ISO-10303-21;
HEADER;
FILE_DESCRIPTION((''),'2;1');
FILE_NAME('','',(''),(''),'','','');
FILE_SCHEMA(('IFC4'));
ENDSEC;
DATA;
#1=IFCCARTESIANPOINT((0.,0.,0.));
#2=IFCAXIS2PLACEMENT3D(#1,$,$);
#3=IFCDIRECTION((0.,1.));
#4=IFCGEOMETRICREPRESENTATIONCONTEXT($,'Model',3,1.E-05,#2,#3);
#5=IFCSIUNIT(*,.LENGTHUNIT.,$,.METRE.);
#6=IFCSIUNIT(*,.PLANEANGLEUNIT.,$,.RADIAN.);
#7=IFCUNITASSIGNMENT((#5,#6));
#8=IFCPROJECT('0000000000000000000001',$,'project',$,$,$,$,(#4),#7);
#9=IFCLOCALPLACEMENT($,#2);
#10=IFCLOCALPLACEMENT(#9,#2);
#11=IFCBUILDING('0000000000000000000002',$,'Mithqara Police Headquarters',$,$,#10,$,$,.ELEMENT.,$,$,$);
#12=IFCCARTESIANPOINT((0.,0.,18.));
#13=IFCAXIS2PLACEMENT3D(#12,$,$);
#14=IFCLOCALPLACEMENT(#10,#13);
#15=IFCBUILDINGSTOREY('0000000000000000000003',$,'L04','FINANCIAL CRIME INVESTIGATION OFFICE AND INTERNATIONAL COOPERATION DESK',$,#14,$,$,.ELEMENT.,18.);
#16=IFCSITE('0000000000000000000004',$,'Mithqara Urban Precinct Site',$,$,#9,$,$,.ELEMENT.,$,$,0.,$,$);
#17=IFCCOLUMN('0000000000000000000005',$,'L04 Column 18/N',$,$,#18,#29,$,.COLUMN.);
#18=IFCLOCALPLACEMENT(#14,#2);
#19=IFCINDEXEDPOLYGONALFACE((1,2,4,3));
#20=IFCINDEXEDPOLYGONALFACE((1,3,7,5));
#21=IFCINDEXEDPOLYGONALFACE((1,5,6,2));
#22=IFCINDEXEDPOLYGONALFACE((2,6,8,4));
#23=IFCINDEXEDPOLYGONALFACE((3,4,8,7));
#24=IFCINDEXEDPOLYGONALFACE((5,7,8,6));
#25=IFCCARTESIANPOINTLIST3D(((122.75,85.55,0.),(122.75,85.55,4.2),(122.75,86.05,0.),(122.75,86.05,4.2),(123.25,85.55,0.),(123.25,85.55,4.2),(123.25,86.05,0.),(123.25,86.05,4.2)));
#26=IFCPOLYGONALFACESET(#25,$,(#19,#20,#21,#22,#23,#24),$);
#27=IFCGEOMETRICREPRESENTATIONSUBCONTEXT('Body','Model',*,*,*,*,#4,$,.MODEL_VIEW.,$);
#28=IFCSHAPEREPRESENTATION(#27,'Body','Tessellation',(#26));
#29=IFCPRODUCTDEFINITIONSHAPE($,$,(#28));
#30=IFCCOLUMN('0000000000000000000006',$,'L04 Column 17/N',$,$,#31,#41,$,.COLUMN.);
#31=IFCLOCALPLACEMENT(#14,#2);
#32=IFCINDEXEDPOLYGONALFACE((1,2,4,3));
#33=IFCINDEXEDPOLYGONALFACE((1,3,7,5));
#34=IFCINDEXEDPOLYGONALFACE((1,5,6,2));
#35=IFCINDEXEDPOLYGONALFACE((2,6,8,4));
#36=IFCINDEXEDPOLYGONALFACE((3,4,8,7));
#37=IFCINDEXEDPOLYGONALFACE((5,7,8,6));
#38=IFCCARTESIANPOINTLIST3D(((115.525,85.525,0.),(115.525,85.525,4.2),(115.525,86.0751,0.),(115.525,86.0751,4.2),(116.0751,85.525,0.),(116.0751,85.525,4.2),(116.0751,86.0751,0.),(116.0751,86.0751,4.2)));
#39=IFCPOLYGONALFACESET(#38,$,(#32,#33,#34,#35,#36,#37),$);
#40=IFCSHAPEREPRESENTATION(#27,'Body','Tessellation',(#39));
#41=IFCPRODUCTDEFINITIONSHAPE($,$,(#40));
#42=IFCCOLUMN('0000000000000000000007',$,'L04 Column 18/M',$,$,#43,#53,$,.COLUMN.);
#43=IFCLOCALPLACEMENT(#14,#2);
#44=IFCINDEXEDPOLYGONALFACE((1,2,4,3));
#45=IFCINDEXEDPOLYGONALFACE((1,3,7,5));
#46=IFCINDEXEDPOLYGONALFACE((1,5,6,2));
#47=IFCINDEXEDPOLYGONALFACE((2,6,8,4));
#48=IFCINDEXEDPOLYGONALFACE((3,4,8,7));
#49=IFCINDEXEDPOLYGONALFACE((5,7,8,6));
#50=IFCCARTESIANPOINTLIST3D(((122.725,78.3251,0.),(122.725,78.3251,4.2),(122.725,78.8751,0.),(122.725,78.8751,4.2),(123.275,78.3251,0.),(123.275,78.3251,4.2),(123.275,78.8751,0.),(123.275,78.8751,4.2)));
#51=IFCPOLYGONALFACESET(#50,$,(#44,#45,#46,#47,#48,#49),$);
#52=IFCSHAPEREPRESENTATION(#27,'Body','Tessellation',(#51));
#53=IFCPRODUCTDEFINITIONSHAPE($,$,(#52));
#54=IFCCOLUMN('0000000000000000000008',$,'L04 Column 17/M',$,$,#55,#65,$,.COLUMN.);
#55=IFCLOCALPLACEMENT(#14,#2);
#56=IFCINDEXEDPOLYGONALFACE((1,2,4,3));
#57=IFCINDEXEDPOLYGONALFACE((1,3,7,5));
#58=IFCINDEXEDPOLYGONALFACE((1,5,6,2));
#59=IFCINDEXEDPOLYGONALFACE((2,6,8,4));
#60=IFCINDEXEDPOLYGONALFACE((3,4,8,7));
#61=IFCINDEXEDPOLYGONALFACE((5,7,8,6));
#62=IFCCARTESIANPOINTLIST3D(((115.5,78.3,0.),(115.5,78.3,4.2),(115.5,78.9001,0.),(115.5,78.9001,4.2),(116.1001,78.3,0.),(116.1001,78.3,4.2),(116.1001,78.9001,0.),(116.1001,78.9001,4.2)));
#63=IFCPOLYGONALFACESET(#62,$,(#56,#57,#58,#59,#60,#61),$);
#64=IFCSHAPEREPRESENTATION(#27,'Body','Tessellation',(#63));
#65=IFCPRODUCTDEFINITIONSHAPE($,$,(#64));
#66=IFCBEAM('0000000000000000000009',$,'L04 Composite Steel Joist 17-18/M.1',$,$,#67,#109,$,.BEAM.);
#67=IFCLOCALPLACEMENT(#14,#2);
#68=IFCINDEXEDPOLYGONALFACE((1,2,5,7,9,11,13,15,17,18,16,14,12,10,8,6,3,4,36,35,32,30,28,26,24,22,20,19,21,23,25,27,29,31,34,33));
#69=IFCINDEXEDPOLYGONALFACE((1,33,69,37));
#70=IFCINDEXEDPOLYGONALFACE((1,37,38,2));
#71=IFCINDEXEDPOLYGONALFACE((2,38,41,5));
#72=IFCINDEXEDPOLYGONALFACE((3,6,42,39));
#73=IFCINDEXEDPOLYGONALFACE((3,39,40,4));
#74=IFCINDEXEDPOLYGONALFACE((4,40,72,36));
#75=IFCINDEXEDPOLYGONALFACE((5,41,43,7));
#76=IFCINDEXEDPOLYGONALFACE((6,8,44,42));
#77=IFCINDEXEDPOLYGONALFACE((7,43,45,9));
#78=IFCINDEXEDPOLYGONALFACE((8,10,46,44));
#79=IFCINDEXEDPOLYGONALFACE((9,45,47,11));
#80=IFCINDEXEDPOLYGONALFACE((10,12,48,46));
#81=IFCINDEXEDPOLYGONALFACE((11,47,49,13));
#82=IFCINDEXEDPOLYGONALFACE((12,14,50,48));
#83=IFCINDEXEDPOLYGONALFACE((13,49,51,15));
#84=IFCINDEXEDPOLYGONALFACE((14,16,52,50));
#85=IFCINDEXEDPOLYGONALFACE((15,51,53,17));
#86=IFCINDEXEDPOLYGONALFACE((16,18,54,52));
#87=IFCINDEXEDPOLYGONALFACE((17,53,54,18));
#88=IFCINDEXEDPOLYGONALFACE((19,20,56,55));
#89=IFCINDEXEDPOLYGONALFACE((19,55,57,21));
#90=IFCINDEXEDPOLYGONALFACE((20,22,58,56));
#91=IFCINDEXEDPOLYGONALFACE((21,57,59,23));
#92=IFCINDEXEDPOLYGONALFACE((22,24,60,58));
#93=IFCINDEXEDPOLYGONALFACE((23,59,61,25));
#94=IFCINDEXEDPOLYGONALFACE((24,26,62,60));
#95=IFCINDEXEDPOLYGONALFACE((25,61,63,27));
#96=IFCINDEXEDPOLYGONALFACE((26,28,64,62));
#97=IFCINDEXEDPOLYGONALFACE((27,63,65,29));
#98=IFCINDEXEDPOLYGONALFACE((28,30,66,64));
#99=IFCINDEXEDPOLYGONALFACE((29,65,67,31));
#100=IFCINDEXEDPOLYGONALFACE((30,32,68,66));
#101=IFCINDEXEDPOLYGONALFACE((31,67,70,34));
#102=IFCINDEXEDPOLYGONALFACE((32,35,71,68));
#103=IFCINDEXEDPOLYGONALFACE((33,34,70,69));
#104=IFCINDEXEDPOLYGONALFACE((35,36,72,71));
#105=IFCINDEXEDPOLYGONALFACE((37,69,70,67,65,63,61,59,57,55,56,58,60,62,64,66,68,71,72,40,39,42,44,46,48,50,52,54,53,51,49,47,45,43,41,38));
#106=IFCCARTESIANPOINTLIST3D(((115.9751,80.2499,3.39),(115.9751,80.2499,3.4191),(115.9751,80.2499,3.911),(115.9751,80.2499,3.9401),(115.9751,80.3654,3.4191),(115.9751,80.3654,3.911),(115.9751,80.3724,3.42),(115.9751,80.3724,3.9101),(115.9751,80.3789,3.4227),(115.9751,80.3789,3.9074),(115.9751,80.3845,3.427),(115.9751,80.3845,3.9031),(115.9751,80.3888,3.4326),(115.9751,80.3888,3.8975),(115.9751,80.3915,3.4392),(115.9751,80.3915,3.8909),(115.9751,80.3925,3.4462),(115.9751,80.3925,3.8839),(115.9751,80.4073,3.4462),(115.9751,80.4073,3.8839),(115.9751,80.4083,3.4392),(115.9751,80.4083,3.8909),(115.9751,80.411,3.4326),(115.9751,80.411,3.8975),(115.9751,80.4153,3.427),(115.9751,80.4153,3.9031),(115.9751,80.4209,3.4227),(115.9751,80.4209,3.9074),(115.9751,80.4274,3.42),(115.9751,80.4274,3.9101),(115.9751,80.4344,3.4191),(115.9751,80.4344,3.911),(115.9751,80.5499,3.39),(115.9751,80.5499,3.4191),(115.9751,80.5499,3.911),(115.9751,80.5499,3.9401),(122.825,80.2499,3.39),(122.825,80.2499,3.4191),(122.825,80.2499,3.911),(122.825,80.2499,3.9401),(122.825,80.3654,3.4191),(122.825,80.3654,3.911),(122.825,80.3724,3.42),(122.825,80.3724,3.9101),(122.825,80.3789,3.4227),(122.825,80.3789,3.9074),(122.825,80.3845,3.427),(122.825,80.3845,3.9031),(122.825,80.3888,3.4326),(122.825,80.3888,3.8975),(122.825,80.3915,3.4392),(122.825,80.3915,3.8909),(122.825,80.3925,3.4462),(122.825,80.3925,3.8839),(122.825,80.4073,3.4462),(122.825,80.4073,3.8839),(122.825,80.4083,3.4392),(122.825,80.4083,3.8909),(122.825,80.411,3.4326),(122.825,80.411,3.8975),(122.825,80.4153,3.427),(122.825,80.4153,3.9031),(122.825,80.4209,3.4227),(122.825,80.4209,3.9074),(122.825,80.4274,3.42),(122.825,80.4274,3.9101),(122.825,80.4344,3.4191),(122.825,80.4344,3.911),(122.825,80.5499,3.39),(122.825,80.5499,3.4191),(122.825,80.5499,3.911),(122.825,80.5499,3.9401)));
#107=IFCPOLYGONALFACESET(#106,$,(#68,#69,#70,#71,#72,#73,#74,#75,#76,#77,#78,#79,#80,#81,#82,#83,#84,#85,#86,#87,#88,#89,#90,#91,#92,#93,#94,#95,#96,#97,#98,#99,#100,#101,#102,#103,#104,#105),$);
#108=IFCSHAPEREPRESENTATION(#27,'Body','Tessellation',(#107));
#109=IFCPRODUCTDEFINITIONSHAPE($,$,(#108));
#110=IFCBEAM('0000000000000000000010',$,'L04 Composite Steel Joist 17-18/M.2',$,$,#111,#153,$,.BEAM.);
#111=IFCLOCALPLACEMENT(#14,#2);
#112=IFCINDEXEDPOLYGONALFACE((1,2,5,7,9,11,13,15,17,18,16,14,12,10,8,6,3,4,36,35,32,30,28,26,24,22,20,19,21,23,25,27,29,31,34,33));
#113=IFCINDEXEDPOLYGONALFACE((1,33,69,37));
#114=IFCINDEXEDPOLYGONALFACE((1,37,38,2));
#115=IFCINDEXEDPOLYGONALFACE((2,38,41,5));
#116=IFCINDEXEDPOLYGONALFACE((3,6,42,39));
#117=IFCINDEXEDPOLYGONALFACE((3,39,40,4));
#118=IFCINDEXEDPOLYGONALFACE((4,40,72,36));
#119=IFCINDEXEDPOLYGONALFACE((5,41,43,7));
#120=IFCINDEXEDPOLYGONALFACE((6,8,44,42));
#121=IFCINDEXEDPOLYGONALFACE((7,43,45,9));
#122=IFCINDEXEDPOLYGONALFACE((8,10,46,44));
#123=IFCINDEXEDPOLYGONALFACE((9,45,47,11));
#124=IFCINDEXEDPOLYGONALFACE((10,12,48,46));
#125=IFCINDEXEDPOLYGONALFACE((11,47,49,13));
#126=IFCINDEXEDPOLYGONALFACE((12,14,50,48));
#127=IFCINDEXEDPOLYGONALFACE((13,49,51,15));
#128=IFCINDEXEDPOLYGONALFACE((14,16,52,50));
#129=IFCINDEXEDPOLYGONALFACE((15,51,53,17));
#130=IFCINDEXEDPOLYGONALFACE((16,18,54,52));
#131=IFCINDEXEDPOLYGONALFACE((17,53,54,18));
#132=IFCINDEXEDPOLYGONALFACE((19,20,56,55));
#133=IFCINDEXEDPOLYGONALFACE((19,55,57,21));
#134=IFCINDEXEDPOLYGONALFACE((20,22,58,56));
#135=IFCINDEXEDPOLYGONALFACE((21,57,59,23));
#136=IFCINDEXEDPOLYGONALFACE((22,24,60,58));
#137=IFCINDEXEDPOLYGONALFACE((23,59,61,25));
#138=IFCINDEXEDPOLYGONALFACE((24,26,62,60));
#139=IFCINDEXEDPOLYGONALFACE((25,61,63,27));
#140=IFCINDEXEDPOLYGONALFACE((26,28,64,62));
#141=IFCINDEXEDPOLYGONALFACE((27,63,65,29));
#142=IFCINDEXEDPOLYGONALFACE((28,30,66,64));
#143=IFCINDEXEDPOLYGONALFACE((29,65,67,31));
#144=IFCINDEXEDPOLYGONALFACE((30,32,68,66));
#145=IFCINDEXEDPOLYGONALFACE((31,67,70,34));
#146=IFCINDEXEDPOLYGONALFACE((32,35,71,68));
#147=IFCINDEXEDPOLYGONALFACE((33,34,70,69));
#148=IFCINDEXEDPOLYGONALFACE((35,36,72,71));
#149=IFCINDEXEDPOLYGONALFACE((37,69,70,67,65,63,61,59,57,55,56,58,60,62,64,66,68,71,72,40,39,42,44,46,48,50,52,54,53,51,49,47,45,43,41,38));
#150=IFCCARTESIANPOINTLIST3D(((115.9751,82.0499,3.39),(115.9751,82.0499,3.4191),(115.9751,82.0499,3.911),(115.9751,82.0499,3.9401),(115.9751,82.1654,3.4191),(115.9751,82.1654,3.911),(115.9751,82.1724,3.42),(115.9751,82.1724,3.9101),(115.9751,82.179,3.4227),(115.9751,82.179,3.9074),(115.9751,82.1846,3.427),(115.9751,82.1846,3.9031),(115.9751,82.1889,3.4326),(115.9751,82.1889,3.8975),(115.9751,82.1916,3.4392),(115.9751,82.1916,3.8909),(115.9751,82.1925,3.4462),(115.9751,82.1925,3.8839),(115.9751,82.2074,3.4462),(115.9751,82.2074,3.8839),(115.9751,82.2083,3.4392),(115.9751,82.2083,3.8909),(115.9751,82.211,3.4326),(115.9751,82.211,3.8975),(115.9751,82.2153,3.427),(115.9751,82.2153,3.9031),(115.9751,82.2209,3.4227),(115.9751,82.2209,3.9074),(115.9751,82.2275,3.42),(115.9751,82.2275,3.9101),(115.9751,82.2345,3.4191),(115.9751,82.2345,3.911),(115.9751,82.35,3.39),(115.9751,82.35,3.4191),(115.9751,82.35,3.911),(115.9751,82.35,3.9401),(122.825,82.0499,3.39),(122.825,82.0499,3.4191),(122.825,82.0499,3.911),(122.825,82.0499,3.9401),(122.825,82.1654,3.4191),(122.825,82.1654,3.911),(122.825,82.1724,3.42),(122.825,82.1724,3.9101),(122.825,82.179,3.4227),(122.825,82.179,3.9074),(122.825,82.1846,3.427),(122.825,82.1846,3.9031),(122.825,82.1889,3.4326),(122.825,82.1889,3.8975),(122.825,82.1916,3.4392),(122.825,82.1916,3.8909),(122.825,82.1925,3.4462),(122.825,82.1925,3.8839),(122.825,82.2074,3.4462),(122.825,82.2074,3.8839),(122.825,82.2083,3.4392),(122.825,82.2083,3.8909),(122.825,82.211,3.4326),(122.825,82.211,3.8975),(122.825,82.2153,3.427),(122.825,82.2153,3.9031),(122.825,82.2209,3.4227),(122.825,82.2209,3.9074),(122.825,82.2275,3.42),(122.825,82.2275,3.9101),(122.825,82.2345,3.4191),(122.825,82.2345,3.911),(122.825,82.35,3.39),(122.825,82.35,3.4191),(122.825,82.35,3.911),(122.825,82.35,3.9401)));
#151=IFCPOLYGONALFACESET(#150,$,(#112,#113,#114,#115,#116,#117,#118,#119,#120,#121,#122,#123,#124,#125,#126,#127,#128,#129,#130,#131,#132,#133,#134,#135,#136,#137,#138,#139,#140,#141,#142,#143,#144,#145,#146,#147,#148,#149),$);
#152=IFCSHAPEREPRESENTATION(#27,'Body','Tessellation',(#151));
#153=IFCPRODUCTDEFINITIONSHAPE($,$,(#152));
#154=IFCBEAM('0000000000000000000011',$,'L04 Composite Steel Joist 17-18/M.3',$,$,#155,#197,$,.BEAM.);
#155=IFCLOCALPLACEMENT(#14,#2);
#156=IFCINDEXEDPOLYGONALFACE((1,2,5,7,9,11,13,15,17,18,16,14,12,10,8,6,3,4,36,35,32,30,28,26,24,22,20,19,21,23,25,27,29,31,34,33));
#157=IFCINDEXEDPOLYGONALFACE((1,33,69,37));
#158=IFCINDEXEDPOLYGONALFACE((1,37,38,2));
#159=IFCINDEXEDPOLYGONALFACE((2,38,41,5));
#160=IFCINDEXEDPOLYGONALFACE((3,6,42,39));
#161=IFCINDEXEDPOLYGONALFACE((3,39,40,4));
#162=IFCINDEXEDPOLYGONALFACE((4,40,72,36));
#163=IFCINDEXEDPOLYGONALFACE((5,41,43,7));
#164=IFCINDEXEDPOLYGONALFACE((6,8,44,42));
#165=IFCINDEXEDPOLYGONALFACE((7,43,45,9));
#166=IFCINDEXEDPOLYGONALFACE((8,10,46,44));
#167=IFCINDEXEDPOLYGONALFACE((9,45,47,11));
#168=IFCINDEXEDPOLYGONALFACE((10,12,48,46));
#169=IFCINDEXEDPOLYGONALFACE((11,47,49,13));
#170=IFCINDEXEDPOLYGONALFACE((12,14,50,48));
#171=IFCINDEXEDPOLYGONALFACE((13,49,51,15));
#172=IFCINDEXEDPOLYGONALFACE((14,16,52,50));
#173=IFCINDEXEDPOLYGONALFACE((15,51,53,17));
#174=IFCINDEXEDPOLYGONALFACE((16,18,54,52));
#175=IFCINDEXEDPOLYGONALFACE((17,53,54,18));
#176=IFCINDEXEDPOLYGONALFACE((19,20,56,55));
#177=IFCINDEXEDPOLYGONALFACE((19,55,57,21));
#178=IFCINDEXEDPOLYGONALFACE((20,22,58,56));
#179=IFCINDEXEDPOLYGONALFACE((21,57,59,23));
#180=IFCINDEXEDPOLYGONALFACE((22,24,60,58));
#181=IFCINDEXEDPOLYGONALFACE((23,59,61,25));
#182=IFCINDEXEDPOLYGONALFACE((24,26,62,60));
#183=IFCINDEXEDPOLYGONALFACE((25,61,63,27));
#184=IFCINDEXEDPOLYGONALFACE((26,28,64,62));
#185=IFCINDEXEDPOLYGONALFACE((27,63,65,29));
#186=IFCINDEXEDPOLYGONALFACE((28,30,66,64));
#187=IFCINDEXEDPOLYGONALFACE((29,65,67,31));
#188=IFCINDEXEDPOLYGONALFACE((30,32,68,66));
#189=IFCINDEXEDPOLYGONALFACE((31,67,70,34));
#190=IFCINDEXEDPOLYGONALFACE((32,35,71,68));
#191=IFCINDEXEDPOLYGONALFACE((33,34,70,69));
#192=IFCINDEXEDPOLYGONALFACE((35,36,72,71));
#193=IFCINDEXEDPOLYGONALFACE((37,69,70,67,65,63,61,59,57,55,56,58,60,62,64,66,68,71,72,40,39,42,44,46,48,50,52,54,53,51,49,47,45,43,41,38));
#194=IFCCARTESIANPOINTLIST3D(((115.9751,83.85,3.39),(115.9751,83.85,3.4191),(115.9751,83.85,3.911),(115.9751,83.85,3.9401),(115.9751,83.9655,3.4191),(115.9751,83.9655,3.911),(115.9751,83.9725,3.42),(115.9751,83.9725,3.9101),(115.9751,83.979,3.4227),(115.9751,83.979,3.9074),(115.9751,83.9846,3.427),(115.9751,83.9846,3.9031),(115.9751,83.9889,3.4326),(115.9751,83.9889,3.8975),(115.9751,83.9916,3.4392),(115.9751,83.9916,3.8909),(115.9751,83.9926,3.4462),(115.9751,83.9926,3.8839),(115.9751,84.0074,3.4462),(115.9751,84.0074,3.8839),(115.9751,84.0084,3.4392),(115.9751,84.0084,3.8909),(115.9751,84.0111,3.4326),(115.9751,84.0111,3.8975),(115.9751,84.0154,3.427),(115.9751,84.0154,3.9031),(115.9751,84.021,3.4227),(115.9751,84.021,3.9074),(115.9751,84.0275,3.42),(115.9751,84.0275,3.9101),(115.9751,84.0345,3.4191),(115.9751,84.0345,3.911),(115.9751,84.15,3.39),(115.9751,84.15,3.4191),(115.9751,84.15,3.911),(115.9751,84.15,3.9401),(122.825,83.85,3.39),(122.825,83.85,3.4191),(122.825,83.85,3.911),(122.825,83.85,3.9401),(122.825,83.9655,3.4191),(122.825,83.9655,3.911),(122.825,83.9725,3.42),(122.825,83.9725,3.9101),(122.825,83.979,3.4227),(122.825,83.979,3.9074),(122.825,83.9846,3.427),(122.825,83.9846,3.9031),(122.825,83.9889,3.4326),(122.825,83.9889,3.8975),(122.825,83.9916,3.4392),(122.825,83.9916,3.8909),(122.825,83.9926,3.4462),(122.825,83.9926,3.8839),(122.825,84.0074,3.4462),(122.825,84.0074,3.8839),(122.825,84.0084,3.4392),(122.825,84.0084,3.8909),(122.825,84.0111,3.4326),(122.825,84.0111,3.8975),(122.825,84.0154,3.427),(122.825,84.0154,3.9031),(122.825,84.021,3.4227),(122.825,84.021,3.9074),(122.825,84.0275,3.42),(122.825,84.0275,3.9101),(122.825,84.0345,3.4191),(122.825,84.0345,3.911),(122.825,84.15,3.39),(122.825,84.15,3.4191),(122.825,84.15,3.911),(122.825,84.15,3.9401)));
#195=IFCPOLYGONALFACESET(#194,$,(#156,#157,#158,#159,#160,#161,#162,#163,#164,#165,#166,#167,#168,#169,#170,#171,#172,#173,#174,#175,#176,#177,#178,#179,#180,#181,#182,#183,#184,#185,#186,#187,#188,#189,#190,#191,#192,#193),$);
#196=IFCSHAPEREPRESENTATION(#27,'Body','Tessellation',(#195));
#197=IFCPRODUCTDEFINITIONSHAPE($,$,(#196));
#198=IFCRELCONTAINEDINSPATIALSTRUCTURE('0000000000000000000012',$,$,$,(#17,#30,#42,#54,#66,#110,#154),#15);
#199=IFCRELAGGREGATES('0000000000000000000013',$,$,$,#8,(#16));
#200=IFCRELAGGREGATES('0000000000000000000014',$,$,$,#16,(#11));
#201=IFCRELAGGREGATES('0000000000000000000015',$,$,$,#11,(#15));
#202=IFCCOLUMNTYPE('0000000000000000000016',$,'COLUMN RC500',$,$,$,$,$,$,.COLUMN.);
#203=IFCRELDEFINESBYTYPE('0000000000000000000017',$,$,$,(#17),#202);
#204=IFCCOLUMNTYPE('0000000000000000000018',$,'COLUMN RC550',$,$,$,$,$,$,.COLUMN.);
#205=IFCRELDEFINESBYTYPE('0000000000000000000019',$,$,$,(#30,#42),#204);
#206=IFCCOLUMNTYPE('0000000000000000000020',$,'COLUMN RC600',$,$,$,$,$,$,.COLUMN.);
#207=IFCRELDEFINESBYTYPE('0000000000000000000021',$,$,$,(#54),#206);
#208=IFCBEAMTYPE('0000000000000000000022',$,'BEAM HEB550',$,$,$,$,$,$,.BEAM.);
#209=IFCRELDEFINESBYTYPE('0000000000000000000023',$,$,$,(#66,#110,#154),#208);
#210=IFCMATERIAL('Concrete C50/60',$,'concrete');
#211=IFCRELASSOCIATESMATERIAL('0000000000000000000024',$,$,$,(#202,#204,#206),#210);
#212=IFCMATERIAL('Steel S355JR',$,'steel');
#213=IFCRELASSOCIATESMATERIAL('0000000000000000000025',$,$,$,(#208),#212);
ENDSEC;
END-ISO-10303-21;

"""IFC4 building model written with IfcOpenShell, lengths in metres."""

from ifc_helpers import new_model, si_unit, direction, frame, origin, origin_2d, place, context, subcontext, project, spatial, rectangle, i_section, extrude, material, material_profile, profile_set, type_object, element, save


model = new_model("IFC4")

# Units and contexts
model_context = context("Model", 3, precision=1e-05, world=origin(), true_north=direction((0.0, 1.0)))
body_context = subcontext(model_context, "Body", "Model", "MODEL_VIEW")
ifc_project = project(units=[si_unit("LENGTHUNIT", "METRE"), si_unit("PLANEANGLEUNIT", "RADIAN")], contexts=[model_context])

# Site, building, storey
site_placement = place(None, origin())
site = spatial("IfcSite", under=ifc_project, at=site_placement, Name="Mithqara Urban Precinct Site", CompositionType="ELEMENT", RefElevation=0.0)
building_placement = place(site_placement, origin())
building = spatial("IfcBuilding", under=site, at=building_placement, Name="Mithqara Police Headquarters", CompositionType="ELEMENT")
storey_placement = place(building_placement, frame((0.0, 0.0, 18.0)))
storey = spatial("IfcBuildingStorey", under=building, at=storey_placement, Name="L04", Description="FINANCIAL CRIME INVESTIGATION OFFICE AND INTERNATIONAL COOPERATION DESK", CompositionType="ELEMENT", Elevation=18.0)

# Columns
ifc_material_1 = material(Name="Concrete C50/60", Category="concrete")
ifc_material_profile_1 = material_profile(ifc_material_1, rectangle(XDim=0.5, YDim=0.5, at=origin_2d()), Name="RC 500x500")
ifc_profile_set_1 = profile_set([ifc_material_profile_1], Name="Concrete C50/60")
column_type_1 = type_object("IfcColumnType", Name="COLUMN RC500", PredefinedType="COLUMN", material=ifc_profile_set_1)
column_1_placement = place(storey_placement, frame((123.0, 85.8, 0.0), z_axis=(0.0, 0.0, 1.0), x_axis=(1.0, 0.0, 0.0)))
element("IfcColumn", 1, at=column_1_placement, inside=storey, type_object=column_type_1, Name="L04 Column 18/N", PredefinedType="COLUMN", context=body_context, shape_type="SweptSolid", body=[
    extrude(rectangle(XDim=0.5, YDim=0.5, at=origin_2d()), origin(), (0.0, 0.0, 1.0), 4.2),
])
ifc_material_profile_2 = material_profile(ifc_material_1, rectangle(XDim=0.55, YDim=0.55, at=origin_2d()), Name="RC 550x550")
ifc_profile_set_2 = profile_set([ifc_material_profile_2], Name="Concrete C50/60")
column_type_2 = type_object("IfcColumnType", Name="COLUMN RC550", PredefinedType="COLUMN", material=ifc_profile_set_2)
for number, where, z_axis, x_axis, name in (
    (2, (115.8, 85.8, 0.0), (0.0, 0.0, 1.0), (1.0, 0.0, 0.0), "L04 Column 17/N"),
    (3, (123.0, 78.6001, 0.0), (0.0, 0.0, 1.0), (1.0, 0.0, 0.0), "L04 Column 18/M"),
):
    element("IfcColumn", number, at=place(storey_placement, frame(where, z_axis=z_axis, x_axis=x_axis)), inside=storey, type_object=column_type_2, Name=name, PredefinedType="COLUMN", context=body_context, shape_type="SweptSolid", body=[
        extrude(rectangle(XDim=0.55, YDim=0.55, at=origin_2d()), origin(), (0.0, 0.0, 1.0), 4.2),
    ])
ifc_material_profile_3 = material_profile(ifc_material_1, rectangle(XDim=0.6001, YDim=0.6001, at=origin_2d()), Name="RC 600x600")
ifc_profile_set_3 = profile_set([ifc_material_profile_3], Name="Concrete C50/60")
column_type_3 = type_object("IfcColumnType", Name="COLUMN RC600", PredefinedType="COLUMN", material=ifc_profile_set_3)
column_2_placement = place(storey_placement, frame((115.8, 78.6001, 0.0), z_axis=(0.0, 0.0, 1.0), x_axis=(1.0, 0.0, 0.0)))
element("IfcColumn", 4, at=column_2_placement, inside=storey, type_object=column_type_3, Name="L04 Column 17/M", PredefinedType="COLUMN", context=body_context, shape_type="SweptSolid", body=[
    extrude(rectangle(XDim=0.6001, YDim=0.6001, at=origin_2d()), origin(), (0.0, 0.0, 1.0), 4.2),
])

# Beams
ifc_material_2 = material(Name="Steel S355JR", Category="steel")
ifc_material_profile_4 = material_profile(ifc_material_2, i_section(OverallWidth=0.3, OverallDepth=0.55, WebThickness=0.0149, FlangeThickness=0.0291, FilletRadius=0.0271, at=origin_2d()), Name="HEB 550")
ifc_profile_set_4 = profile_set([ifc_material_profile_4], Name="Steel S355JR")
beam_type_1 = type_object("IfcBeamType", Name="BEAM HEB550", PredefinedType="BEAM", material=ifc_profile_set_4)
for number, where, z_axis, x_axis, name in (
    (5, (115.9751, 80.3999, 3.665), (1.0, 0.0, 0.0), (0.0, 1.0, 0.0), "L04 Composite Steel Joist 17-18/M.1"),
    (6, (115.9751, 82.2, 3.665), (1.0, 0.0, 0.0), (0.0, 1.0, 0.0), "L04 Composite Steel Joist 17-18/M.2"),
    (7, (115.9751, 84.0, 3.665), (1.0, 0.0, 0.0), (0.0, 1.0, 0.0), "L04 Composite Steel Joist 17-18/M.3"),
):
    element("IfcBeam", number, at=place(storey_placement, frame(where, z_axis=z_axis, x_axis=x_axis)), inside=storey, type_object=beam_type_1, Name=name, PredefinedType="BEAM", context=body_context, shape_type="SweptSolid", body=[
        extrude(i_section(OverallWidth=0.3, OverallDepth=0.55, WebThickness=0.0149, FlangeThickness=0.0291, FilletRadius=0.0271, at=origin_2d()), origin(), (0.0, 0.0, 1.0), 6.8499),
    ])

save(model, "model.ifc")
